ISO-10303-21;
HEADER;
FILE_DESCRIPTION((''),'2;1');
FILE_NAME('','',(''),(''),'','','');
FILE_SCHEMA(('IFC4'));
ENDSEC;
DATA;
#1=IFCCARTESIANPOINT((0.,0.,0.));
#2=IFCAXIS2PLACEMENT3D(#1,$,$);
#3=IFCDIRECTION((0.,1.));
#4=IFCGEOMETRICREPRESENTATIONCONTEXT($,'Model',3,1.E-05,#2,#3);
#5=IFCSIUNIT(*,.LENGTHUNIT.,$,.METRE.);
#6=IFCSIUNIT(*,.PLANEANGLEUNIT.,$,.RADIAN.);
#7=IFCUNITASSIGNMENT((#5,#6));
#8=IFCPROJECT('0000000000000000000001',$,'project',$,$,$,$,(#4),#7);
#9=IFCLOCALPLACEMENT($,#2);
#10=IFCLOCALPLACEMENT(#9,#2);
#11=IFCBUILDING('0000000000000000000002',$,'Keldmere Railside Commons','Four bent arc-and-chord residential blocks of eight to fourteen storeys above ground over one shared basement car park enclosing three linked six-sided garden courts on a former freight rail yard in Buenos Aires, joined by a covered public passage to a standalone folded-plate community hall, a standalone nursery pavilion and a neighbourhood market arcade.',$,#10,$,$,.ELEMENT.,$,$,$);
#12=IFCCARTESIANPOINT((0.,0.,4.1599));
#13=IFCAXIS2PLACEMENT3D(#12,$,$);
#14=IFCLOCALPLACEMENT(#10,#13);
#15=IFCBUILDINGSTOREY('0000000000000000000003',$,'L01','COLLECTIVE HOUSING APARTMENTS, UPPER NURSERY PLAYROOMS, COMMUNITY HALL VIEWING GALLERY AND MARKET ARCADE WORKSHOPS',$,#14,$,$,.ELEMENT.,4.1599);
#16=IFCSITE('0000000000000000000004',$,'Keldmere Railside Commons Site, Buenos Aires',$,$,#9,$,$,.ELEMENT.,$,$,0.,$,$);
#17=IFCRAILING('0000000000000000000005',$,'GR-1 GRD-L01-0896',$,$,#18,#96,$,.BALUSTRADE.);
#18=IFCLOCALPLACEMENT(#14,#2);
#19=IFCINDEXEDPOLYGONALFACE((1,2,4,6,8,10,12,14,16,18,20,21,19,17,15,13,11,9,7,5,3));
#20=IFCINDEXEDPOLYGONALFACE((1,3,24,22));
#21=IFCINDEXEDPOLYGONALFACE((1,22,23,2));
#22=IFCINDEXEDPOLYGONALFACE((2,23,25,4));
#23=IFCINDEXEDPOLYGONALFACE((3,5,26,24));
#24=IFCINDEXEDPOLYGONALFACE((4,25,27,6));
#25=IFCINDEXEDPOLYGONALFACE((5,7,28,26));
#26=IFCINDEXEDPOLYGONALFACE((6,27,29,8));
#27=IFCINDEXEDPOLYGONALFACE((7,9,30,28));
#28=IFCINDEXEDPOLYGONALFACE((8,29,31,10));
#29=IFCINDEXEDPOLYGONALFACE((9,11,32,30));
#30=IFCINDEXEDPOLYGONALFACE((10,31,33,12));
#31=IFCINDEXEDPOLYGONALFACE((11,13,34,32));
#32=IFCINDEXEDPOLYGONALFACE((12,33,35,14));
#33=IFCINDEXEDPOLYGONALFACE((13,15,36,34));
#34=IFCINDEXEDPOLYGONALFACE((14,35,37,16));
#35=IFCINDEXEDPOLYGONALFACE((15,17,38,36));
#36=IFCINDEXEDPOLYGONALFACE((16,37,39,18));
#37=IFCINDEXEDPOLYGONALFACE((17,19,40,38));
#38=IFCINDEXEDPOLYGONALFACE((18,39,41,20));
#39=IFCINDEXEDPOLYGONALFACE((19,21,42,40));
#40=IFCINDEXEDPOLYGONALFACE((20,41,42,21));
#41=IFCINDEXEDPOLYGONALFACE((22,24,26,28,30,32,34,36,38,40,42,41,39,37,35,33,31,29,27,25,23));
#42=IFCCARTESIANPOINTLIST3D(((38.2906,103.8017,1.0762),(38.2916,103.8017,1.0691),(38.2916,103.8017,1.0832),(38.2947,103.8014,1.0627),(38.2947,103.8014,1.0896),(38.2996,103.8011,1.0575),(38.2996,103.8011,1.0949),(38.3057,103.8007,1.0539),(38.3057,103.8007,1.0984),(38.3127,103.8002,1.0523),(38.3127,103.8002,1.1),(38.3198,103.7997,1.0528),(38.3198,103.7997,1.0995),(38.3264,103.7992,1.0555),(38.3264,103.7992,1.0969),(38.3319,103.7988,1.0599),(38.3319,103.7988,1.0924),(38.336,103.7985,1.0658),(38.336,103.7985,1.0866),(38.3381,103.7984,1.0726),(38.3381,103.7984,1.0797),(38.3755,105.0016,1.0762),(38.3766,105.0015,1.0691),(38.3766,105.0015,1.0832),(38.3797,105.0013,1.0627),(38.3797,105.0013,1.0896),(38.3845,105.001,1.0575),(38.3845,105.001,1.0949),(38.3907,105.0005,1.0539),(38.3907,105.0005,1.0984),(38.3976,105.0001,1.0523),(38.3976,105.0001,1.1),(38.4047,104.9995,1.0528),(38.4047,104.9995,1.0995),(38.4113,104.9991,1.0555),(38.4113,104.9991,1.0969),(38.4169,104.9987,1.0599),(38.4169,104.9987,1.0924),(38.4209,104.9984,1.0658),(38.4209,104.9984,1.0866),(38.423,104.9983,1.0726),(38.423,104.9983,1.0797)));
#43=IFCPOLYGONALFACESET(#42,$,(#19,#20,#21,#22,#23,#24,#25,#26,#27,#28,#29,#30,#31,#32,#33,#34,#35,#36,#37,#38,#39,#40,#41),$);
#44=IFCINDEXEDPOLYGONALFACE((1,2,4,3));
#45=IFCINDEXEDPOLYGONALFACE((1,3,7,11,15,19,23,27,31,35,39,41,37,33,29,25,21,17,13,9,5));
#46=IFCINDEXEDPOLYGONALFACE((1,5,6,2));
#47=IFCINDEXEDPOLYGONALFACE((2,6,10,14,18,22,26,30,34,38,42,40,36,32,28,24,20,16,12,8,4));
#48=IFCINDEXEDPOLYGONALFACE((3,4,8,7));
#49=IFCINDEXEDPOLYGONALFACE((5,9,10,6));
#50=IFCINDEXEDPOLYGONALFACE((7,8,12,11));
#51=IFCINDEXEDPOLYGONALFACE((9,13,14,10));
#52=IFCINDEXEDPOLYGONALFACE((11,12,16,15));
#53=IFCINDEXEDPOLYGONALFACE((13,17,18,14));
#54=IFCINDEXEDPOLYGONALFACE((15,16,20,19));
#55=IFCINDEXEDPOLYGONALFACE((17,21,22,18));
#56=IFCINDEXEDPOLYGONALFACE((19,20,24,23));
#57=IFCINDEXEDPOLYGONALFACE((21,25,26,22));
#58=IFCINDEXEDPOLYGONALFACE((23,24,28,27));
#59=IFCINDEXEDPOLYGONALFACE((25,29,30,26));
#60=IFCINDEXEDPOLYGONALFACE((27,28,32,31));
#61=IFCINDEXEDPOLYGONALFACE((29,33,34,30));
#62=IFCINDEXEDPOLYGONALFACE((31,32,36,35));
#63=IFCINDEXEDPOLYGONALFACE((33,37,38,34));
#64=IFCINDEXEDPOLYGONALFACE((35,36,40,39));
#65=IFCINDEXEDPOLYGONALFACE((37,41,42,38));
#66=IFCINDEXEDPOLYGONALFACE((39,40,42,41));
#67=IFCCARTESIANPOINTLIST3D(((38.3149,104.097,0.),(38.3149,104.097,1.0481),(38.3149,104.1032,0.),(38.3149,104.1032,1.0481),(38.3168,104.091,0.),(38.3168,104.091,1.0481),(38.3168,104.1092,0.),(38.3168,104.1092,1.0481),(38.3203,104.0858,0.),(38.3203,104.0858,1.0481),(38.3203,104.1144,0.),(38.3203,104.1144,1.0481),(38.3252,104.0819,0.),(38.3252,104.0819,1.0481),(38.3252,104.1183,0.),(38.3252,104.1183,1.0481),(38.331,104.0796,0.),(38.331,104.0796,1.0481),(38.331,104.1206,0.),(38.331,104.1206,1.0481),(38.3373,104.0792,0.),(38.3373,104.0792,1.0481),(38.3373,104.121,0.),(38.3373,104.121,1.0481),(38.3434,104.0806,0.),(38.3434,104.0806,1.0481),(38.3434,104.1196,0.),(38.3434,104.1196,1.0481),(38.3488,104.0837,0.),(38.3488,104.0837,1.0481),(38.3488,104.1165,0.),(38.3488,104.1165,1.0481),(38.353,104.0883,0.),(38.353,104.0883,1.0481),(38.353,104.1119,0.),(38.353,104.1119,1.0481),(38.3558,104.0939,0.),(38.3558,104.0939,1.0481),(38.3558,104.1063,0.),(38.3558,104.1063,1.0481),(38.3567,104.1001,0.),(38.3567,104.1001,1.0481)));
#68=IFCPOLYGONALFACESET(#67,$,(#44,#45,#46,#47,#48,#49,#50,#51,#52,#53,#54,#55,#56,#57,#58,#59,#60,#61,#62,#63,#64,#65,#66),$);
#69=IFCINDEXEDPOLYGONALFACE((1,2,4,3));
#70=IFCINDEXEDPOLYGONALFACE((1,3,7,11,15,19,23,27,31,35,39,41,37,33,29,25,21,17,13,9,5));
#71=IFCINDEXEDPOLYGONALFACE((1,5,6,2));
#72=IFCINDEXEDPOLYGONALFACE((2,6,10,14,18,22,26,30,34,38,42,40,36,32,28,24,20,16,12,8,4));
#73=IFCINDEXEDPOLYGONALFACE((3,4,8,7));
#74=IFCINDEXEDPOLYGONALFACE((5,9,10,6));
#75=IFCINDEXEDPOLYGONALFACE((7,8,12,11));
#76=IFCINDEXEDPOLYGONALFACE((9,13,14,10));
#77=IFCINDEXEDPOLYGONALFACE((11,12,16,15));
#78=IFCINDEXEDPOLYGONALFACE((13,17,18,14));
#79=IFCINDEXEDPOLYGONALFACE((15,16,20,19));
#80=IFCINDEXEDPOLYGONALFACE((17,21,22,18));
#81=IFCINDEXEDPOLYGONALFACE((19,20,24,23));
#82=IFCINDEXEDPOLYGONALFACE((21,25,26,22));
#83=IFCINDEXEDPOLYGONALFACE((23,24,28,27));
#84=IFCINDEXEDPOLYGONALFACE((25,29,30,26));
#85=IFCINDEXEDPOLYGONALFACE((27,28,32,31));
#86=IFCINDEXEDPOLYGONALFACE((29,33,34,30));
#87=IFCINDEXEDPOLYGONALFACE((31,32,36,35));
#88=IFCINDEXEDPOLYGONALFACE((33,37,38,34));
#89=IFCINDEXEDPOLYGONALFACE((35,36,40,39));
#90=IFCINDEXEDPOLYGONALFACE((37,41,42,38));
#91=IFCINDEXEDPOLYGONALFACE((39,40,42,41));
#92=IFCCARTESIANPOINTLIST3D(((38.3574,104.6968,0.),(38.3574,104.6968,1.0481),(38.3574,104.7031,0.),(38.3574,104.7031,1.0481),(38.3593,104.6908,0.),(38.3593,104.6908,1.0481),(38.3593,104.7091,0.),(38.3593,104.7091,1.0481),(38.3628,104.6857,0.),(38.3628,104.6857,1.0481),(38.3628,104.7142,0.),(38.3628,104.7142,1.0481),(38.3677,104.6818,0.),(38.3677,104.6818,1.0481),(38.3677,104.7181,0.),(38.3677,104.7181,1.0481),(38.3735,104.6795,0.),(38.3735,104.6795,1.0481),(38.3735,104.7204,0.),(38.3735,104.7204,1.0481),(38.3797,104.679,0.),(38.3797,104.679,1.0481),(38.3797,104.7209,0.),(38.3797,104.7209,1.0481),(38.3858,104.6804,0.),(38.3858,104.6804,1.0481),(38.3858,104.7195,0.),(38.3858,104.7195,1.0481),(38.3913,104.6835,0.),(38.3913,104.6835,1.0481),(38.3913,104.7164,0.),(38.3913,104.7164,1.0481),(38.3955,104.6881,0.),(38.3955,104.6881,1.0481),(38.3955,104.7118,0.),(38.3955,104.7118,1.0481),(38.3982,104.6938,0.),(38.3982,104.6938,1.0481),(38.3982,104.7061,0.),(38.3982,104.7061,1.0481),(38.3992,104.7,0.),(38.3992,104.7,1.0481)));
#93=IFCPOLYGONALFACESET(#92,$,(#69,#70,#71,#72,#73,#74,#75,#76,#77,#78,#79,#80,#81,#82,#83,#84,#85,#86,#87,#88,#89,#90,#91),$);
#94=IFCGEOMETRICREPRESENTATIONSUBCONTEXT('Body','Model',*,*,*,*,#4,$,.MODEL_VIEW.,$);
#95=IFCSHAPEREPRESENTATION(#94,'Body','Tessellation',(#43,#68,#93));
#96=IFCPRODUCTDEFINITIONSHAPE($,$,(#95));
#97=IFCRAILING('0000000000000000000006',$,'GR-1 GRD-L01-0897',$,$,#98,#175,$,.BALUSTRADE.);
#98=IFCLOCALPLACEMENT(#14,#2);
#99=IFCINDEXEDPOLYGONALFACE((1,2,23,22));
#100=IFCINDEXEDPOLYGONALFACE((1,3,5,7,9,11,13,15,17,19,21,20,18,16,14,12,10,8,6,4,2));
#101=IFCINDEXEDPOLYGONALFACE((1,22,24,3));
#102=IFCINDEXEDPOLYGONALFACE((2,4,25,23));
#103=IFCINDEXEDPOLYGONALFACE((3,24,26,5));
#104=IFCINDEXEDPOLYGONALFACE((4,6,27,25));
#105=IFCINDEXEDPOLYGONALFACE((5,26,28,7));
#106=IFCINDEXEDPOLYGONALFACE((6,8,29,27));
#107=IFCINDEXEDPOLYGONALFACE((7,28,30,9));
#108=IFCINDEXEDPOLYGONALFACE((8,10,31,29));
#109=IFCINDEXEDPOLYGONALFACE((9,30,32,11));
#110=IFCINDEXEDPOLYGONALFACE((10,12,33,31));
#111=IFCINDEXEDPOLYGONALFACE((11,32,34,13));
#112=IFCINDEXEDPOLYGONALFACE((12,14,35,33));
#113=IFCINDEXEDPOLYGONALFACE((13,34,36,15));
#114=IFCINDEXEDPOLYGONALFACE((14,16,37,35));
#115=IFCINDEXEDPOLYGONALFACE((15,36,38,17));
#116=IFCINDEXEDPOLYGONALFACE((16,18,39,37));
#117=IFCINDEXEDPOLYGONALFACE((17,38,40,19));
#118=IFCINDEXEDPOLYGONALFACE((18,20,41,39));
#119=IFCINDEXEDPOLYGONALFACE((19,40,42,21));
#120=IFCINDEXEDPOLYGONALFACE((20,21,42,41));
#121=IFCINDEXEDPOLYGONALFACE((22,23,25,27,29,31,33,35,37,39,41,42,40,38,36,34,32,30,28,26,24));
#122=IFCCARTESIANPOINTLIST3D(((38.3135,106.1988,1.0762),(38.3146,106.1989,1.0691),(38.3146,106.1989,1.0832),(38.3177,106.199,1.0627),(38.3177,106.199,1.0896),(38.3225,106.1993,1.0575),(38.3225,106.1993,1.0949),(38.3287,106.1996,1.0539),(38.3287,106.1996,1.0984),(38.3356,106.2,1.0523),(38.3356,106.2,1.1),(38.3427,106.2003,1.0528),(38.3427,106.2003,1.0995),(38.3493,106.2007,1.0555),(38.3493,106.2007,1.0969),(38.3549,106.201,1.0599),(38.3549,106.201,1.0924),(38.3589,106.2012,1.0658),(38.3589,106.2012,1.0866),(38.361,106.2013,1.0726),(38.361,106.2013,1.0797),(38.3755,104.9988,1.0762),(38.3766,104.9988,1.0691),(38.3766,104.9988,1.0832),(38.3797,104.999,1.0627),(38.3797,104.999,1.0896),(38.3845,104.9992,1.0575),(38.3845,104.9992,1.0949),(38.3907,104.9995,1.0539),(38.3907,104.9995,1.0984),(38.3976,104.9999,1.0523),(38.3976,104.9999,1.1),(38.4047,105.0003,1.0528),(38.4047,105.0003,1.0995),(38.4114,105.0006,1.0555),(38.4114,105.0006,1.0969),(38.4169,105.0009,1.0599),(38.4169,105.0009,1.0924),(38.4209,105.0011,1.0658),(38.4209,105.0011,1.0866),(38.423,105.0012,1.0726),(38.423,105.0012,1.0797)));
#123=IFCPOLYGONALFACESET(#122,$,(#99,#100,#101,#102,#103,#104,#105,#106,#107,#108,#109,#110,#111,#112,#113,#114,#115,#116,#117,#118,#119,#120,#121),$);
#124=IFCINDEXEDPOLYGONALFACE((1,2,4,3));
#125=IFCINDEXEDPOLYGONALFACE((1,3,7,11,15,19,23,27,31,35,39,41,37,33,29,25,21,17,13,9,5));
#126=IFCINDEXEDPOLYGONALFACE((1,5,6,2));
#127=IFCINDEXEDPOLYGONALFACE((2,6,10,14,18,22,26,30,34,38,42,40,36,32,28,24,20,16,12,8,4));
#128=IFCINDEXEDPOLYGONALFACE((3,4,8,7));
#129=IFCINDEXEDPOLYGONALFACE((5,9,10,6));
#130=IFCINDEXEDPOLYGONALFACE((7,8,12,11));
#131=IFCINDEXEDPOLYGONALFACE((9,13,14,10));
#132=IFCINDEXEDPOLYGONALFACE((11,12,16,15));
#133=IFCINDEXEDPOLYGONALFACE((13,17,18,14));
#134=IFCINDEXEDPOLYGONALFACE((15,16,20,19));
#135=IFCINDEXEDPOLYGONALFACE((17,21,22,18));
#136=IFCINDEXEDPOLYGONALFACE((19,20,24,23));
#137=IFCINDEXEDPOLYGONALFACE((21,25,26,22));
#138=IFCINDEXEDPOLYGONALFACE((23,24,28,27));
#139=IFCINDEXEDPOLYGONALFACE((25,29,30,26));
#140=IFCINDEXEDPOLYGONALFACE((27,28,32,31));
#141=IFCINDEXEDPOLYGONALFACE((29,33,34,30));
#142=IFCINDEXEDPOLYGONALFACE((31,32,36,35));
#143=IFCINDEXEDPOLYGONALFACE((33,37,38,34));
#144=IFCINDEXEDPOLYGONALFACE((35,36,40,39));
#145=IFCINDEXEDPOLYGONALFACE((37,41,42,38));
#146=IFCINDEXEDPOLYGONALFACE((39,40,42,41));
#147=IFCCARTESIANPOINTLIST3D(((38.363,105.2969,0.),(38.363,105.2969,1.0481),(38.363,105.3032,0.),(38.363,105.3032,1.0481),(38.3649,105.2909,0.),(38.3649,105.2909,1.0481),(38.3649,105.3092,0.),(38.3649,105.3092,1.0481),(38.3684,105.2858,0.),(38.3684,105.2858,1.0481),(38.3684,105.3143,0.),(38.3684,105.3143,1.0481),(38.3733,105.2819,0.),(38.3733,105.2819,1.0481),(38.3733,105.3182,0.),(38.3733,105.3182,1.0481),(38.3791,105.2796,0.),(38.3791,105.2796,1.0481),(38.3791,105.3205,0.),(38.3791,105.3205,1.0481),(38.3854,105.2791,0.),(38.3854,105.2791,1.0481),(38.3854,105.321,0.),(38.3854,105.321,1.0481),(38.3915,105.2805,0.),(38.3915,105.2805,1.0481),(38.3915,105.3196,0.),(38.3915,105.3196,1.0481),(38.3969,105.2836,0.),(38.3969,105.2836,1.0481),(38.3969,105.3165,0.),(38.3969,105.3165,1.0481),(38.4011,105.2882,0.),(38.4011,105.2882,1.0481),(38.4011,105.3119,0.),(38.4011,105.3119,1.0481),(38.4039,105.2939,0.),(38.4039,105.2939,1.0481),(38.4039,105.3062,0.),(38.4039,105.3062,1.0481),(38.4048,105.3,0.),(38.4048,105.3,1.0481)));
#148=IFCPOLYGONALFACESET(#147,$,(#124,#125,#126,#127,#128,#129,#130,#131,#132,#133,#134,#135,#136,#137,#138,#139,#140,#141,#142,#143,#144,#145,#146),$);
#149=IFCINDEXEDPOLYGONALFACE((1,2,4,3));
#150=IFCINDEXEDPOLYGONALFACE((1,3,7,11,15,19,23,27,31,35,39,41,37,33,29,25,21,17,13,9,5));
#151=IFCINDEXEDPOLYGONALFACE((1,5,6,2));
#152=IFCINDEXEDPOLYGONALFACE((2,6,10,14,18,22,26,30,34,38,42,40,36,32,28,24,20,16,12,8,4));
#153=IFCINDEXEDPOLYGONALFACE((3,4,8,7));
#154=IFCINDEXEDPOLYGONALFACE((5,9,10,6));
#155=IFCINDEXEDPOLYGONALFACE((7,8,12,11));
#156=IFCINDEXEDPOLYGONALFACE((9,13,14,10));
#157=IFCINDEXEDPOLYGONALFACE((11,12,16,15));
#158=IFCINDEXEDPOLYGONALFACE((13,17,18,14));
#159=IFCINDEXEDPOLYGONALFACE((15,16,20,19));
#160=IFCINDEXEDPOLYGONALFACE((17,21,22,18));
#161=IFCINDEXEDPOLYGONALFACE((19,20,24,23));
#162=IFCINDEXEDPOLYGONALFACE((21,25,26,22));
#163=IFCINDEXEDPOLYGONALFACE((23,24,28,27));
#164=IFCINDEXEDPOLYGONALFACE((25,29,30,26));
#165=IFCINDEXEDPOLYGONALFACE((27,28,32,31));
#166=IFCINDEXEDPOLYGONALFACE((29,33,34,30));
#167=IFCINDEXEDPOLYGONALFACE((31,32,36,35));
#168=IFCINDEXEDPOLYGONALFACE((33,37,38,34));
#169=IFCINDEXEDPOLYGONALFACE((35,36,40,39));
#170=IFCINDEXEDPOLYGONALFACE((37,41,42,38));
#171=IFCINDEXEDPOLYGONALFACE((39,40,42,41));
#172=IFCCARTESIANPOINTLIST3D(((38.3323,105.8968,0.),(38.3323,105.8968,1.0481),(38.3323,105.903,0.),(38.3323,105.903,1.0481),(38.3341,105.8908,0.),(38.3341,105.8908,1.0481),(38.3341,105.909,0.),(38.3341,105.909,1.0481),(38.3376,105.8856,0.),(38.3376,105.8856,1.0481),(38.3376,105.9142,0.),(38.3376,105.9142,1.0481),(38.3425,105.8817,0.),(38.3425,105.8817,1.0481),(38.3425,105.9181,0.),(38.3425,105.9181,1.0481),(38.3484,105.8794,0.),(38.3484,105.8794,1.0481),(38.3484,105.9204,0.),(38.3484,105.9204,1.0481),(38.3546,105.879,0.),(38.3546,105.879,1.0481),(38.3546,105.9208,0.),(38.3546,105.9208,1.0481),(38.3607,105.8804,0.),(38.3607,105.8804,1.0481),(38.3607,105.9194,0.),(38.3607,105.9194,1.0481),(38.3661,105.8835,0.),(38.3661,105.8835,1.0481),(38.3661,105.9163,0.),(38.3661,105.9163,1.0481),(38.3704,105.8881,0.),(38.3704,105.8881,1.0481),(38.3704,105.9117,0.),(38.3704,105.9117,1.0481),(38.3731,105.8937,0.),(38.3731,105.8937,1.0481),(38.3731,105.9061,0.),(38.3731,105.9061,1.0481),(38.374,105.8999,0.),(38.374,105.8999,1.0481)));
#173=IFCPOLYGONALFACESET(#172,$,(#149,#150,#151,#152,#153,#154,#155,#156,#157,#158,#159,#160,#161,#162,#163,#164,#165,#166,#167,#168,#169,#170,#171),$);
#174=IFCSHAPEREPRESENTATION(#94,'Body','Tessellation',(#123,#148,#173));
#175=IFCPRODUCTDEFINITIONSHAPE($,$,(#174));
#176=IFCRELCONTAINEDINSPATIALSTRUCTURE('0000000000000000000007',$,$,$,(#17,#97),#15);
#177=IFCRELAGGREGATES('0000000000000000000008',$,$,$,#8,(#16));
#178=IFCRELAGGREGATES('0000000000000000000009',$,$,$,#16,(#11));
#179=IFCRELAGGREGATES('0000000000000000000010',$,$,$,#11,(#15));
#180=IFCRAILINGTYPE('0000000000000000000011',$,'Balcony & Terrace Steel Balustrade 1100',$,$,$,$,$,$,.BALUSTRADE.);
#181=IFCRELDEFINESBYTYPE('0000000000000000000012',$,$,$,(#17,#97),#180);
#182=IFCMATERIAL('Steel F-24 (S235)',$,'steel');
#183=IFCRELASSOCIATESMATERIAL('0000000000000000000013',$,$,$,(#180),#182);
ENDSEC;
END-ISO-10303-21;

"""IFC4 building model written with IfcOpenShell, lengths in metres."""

from ifc_helpers import new_model, si_unit, direction, frame, origin, origin_2d, place, context, subcontext, project, spatial, circle, extrude, material, type_object, element, save


model = new_model("IFC4")

# Units and contexts
model_context = context("Model", 3, precision=1e-05, world=origin(), true_north=direction((0.0, 1.0)))
body_context = subcontext(model_context, "Body", "Model", "MODEL_VIEW")
ifc_project = project(units=[si_unit("LENGTHUNIT", "METRE"), si_unit("PLANEANGLEUNIT", "RADIAN")], contexts=[model_context])

# Site, building, storey
site_placement = place(None, origin())
site = spatial("IfcSite", under=ifc_project, at=site_placement, Name="Keldmere Railside Commons Site, Buenos Aires", CompositionType="ELEMENT", RefElevation=0.0)
building_placement = place(site_placement, origin())
building = spatial("IfcBuilding", under=site, at=building_placement, Name="Keldmere Railside Commons", Description="Four bent arc-and-chord residential blocks of eight to fourteen storeys above ground over one shared basement car park enclosing three linked six-sided garden courts on a former freight rail yard in Buenos Aires, joined by a covered public passage to a standalone folded-plate community hall, a standalone nursery pavilion and a neighbourhood market arcade.", CompositionType="ELEMENT")
storey_placement = place(building_placement, frame((0.0, 0.0, 4.1599)))
storey = spatial("IfcBuildingStorey", under=building, at=storey_placement, Name="L01", Description="COLLECTIVE HOUSING APARTMENTS, UPPER NURSERY PLAYROOMS, COMMUNITY HALL VIEWING GALLERY AND MARKET ARCADE WORKSHOPS", CompositionType="ELEMENT", Elevation=4.1599)

# Railings
ifc_material_1 = material(Name="Steel F-24 (S235)", Category="steel")
railing_type = type_object("IfcRailingType", Name="Balcony & Terrace Steel Balustrade 1100", PredefinedType="BALUSTRADE", material=ifc_material_1)
railing_1_placement = place(storey_placement, frame((38.3145, 103.8, 0.0)))
element("IfcRailing", 1, at=railing_1_placement, inside=storey, type_object=railing_type, Name="GR-1 GRD-L01-0896", PredefinedType="BALUSTRADE", context=body_context, shape_type="SweptSolid", body=[
    extrude(circle(Radius=0.0239, at=origin_2d()), frame((0.0, 0.0, 1.0762), z_axis=(0.070627, 0.997503, 0.0), x_axis=(-0.997503, 0.070627, 0.0)), (0.0, 0.0, 1.0), 1.2029),
    extrude(circle(Radius=0.021, at=origin_2d()), frame((0.0212, 0.3, 0.0)), (0.0, 0.0, 1.0), 1.0481),
    extrude(circle(Radius=0.021, at=origin_2d()), frame((0.0637, 0.8999, 0.0)), (0.0, 0.0, 1.0), 1.0481),
])
railing_2_placement = place(storey_placement, frame((38.3994, 105.0, 0.0)))
element("IfcRailing", 2, at=railing_2_placement, inside=storey, type_object=railing_type, Name="GR-1 GRD-L01-0897", PredefinedType="BALUSTRADE", context=body_context, shape_type="SweptSolid", body=[
    extrude(circle(Radius=0.0239, at=origin_2d()), frame((0.0, 0.0, 1.0762), z_axis=(-0.05161, 0.998667, 0.0), x_axis=(-0.998667, -0.05161, 0.0)), (0.0, 0.0, 1.0), 1.2017),
    extrude(circle(Radius=0.021, at=origin_2d()), frame((-0.0156, 0.3, 0.0)), (0.0, 0.0, 1.0), 1.0481),
    extrude(circle(Radius=0.021, at=origin_2d()), frame((-0.0464, 0.8999, 0.0)), (0.0, 0.0, 1.0), 1.0481),
])

save(model, "model.ifc")
